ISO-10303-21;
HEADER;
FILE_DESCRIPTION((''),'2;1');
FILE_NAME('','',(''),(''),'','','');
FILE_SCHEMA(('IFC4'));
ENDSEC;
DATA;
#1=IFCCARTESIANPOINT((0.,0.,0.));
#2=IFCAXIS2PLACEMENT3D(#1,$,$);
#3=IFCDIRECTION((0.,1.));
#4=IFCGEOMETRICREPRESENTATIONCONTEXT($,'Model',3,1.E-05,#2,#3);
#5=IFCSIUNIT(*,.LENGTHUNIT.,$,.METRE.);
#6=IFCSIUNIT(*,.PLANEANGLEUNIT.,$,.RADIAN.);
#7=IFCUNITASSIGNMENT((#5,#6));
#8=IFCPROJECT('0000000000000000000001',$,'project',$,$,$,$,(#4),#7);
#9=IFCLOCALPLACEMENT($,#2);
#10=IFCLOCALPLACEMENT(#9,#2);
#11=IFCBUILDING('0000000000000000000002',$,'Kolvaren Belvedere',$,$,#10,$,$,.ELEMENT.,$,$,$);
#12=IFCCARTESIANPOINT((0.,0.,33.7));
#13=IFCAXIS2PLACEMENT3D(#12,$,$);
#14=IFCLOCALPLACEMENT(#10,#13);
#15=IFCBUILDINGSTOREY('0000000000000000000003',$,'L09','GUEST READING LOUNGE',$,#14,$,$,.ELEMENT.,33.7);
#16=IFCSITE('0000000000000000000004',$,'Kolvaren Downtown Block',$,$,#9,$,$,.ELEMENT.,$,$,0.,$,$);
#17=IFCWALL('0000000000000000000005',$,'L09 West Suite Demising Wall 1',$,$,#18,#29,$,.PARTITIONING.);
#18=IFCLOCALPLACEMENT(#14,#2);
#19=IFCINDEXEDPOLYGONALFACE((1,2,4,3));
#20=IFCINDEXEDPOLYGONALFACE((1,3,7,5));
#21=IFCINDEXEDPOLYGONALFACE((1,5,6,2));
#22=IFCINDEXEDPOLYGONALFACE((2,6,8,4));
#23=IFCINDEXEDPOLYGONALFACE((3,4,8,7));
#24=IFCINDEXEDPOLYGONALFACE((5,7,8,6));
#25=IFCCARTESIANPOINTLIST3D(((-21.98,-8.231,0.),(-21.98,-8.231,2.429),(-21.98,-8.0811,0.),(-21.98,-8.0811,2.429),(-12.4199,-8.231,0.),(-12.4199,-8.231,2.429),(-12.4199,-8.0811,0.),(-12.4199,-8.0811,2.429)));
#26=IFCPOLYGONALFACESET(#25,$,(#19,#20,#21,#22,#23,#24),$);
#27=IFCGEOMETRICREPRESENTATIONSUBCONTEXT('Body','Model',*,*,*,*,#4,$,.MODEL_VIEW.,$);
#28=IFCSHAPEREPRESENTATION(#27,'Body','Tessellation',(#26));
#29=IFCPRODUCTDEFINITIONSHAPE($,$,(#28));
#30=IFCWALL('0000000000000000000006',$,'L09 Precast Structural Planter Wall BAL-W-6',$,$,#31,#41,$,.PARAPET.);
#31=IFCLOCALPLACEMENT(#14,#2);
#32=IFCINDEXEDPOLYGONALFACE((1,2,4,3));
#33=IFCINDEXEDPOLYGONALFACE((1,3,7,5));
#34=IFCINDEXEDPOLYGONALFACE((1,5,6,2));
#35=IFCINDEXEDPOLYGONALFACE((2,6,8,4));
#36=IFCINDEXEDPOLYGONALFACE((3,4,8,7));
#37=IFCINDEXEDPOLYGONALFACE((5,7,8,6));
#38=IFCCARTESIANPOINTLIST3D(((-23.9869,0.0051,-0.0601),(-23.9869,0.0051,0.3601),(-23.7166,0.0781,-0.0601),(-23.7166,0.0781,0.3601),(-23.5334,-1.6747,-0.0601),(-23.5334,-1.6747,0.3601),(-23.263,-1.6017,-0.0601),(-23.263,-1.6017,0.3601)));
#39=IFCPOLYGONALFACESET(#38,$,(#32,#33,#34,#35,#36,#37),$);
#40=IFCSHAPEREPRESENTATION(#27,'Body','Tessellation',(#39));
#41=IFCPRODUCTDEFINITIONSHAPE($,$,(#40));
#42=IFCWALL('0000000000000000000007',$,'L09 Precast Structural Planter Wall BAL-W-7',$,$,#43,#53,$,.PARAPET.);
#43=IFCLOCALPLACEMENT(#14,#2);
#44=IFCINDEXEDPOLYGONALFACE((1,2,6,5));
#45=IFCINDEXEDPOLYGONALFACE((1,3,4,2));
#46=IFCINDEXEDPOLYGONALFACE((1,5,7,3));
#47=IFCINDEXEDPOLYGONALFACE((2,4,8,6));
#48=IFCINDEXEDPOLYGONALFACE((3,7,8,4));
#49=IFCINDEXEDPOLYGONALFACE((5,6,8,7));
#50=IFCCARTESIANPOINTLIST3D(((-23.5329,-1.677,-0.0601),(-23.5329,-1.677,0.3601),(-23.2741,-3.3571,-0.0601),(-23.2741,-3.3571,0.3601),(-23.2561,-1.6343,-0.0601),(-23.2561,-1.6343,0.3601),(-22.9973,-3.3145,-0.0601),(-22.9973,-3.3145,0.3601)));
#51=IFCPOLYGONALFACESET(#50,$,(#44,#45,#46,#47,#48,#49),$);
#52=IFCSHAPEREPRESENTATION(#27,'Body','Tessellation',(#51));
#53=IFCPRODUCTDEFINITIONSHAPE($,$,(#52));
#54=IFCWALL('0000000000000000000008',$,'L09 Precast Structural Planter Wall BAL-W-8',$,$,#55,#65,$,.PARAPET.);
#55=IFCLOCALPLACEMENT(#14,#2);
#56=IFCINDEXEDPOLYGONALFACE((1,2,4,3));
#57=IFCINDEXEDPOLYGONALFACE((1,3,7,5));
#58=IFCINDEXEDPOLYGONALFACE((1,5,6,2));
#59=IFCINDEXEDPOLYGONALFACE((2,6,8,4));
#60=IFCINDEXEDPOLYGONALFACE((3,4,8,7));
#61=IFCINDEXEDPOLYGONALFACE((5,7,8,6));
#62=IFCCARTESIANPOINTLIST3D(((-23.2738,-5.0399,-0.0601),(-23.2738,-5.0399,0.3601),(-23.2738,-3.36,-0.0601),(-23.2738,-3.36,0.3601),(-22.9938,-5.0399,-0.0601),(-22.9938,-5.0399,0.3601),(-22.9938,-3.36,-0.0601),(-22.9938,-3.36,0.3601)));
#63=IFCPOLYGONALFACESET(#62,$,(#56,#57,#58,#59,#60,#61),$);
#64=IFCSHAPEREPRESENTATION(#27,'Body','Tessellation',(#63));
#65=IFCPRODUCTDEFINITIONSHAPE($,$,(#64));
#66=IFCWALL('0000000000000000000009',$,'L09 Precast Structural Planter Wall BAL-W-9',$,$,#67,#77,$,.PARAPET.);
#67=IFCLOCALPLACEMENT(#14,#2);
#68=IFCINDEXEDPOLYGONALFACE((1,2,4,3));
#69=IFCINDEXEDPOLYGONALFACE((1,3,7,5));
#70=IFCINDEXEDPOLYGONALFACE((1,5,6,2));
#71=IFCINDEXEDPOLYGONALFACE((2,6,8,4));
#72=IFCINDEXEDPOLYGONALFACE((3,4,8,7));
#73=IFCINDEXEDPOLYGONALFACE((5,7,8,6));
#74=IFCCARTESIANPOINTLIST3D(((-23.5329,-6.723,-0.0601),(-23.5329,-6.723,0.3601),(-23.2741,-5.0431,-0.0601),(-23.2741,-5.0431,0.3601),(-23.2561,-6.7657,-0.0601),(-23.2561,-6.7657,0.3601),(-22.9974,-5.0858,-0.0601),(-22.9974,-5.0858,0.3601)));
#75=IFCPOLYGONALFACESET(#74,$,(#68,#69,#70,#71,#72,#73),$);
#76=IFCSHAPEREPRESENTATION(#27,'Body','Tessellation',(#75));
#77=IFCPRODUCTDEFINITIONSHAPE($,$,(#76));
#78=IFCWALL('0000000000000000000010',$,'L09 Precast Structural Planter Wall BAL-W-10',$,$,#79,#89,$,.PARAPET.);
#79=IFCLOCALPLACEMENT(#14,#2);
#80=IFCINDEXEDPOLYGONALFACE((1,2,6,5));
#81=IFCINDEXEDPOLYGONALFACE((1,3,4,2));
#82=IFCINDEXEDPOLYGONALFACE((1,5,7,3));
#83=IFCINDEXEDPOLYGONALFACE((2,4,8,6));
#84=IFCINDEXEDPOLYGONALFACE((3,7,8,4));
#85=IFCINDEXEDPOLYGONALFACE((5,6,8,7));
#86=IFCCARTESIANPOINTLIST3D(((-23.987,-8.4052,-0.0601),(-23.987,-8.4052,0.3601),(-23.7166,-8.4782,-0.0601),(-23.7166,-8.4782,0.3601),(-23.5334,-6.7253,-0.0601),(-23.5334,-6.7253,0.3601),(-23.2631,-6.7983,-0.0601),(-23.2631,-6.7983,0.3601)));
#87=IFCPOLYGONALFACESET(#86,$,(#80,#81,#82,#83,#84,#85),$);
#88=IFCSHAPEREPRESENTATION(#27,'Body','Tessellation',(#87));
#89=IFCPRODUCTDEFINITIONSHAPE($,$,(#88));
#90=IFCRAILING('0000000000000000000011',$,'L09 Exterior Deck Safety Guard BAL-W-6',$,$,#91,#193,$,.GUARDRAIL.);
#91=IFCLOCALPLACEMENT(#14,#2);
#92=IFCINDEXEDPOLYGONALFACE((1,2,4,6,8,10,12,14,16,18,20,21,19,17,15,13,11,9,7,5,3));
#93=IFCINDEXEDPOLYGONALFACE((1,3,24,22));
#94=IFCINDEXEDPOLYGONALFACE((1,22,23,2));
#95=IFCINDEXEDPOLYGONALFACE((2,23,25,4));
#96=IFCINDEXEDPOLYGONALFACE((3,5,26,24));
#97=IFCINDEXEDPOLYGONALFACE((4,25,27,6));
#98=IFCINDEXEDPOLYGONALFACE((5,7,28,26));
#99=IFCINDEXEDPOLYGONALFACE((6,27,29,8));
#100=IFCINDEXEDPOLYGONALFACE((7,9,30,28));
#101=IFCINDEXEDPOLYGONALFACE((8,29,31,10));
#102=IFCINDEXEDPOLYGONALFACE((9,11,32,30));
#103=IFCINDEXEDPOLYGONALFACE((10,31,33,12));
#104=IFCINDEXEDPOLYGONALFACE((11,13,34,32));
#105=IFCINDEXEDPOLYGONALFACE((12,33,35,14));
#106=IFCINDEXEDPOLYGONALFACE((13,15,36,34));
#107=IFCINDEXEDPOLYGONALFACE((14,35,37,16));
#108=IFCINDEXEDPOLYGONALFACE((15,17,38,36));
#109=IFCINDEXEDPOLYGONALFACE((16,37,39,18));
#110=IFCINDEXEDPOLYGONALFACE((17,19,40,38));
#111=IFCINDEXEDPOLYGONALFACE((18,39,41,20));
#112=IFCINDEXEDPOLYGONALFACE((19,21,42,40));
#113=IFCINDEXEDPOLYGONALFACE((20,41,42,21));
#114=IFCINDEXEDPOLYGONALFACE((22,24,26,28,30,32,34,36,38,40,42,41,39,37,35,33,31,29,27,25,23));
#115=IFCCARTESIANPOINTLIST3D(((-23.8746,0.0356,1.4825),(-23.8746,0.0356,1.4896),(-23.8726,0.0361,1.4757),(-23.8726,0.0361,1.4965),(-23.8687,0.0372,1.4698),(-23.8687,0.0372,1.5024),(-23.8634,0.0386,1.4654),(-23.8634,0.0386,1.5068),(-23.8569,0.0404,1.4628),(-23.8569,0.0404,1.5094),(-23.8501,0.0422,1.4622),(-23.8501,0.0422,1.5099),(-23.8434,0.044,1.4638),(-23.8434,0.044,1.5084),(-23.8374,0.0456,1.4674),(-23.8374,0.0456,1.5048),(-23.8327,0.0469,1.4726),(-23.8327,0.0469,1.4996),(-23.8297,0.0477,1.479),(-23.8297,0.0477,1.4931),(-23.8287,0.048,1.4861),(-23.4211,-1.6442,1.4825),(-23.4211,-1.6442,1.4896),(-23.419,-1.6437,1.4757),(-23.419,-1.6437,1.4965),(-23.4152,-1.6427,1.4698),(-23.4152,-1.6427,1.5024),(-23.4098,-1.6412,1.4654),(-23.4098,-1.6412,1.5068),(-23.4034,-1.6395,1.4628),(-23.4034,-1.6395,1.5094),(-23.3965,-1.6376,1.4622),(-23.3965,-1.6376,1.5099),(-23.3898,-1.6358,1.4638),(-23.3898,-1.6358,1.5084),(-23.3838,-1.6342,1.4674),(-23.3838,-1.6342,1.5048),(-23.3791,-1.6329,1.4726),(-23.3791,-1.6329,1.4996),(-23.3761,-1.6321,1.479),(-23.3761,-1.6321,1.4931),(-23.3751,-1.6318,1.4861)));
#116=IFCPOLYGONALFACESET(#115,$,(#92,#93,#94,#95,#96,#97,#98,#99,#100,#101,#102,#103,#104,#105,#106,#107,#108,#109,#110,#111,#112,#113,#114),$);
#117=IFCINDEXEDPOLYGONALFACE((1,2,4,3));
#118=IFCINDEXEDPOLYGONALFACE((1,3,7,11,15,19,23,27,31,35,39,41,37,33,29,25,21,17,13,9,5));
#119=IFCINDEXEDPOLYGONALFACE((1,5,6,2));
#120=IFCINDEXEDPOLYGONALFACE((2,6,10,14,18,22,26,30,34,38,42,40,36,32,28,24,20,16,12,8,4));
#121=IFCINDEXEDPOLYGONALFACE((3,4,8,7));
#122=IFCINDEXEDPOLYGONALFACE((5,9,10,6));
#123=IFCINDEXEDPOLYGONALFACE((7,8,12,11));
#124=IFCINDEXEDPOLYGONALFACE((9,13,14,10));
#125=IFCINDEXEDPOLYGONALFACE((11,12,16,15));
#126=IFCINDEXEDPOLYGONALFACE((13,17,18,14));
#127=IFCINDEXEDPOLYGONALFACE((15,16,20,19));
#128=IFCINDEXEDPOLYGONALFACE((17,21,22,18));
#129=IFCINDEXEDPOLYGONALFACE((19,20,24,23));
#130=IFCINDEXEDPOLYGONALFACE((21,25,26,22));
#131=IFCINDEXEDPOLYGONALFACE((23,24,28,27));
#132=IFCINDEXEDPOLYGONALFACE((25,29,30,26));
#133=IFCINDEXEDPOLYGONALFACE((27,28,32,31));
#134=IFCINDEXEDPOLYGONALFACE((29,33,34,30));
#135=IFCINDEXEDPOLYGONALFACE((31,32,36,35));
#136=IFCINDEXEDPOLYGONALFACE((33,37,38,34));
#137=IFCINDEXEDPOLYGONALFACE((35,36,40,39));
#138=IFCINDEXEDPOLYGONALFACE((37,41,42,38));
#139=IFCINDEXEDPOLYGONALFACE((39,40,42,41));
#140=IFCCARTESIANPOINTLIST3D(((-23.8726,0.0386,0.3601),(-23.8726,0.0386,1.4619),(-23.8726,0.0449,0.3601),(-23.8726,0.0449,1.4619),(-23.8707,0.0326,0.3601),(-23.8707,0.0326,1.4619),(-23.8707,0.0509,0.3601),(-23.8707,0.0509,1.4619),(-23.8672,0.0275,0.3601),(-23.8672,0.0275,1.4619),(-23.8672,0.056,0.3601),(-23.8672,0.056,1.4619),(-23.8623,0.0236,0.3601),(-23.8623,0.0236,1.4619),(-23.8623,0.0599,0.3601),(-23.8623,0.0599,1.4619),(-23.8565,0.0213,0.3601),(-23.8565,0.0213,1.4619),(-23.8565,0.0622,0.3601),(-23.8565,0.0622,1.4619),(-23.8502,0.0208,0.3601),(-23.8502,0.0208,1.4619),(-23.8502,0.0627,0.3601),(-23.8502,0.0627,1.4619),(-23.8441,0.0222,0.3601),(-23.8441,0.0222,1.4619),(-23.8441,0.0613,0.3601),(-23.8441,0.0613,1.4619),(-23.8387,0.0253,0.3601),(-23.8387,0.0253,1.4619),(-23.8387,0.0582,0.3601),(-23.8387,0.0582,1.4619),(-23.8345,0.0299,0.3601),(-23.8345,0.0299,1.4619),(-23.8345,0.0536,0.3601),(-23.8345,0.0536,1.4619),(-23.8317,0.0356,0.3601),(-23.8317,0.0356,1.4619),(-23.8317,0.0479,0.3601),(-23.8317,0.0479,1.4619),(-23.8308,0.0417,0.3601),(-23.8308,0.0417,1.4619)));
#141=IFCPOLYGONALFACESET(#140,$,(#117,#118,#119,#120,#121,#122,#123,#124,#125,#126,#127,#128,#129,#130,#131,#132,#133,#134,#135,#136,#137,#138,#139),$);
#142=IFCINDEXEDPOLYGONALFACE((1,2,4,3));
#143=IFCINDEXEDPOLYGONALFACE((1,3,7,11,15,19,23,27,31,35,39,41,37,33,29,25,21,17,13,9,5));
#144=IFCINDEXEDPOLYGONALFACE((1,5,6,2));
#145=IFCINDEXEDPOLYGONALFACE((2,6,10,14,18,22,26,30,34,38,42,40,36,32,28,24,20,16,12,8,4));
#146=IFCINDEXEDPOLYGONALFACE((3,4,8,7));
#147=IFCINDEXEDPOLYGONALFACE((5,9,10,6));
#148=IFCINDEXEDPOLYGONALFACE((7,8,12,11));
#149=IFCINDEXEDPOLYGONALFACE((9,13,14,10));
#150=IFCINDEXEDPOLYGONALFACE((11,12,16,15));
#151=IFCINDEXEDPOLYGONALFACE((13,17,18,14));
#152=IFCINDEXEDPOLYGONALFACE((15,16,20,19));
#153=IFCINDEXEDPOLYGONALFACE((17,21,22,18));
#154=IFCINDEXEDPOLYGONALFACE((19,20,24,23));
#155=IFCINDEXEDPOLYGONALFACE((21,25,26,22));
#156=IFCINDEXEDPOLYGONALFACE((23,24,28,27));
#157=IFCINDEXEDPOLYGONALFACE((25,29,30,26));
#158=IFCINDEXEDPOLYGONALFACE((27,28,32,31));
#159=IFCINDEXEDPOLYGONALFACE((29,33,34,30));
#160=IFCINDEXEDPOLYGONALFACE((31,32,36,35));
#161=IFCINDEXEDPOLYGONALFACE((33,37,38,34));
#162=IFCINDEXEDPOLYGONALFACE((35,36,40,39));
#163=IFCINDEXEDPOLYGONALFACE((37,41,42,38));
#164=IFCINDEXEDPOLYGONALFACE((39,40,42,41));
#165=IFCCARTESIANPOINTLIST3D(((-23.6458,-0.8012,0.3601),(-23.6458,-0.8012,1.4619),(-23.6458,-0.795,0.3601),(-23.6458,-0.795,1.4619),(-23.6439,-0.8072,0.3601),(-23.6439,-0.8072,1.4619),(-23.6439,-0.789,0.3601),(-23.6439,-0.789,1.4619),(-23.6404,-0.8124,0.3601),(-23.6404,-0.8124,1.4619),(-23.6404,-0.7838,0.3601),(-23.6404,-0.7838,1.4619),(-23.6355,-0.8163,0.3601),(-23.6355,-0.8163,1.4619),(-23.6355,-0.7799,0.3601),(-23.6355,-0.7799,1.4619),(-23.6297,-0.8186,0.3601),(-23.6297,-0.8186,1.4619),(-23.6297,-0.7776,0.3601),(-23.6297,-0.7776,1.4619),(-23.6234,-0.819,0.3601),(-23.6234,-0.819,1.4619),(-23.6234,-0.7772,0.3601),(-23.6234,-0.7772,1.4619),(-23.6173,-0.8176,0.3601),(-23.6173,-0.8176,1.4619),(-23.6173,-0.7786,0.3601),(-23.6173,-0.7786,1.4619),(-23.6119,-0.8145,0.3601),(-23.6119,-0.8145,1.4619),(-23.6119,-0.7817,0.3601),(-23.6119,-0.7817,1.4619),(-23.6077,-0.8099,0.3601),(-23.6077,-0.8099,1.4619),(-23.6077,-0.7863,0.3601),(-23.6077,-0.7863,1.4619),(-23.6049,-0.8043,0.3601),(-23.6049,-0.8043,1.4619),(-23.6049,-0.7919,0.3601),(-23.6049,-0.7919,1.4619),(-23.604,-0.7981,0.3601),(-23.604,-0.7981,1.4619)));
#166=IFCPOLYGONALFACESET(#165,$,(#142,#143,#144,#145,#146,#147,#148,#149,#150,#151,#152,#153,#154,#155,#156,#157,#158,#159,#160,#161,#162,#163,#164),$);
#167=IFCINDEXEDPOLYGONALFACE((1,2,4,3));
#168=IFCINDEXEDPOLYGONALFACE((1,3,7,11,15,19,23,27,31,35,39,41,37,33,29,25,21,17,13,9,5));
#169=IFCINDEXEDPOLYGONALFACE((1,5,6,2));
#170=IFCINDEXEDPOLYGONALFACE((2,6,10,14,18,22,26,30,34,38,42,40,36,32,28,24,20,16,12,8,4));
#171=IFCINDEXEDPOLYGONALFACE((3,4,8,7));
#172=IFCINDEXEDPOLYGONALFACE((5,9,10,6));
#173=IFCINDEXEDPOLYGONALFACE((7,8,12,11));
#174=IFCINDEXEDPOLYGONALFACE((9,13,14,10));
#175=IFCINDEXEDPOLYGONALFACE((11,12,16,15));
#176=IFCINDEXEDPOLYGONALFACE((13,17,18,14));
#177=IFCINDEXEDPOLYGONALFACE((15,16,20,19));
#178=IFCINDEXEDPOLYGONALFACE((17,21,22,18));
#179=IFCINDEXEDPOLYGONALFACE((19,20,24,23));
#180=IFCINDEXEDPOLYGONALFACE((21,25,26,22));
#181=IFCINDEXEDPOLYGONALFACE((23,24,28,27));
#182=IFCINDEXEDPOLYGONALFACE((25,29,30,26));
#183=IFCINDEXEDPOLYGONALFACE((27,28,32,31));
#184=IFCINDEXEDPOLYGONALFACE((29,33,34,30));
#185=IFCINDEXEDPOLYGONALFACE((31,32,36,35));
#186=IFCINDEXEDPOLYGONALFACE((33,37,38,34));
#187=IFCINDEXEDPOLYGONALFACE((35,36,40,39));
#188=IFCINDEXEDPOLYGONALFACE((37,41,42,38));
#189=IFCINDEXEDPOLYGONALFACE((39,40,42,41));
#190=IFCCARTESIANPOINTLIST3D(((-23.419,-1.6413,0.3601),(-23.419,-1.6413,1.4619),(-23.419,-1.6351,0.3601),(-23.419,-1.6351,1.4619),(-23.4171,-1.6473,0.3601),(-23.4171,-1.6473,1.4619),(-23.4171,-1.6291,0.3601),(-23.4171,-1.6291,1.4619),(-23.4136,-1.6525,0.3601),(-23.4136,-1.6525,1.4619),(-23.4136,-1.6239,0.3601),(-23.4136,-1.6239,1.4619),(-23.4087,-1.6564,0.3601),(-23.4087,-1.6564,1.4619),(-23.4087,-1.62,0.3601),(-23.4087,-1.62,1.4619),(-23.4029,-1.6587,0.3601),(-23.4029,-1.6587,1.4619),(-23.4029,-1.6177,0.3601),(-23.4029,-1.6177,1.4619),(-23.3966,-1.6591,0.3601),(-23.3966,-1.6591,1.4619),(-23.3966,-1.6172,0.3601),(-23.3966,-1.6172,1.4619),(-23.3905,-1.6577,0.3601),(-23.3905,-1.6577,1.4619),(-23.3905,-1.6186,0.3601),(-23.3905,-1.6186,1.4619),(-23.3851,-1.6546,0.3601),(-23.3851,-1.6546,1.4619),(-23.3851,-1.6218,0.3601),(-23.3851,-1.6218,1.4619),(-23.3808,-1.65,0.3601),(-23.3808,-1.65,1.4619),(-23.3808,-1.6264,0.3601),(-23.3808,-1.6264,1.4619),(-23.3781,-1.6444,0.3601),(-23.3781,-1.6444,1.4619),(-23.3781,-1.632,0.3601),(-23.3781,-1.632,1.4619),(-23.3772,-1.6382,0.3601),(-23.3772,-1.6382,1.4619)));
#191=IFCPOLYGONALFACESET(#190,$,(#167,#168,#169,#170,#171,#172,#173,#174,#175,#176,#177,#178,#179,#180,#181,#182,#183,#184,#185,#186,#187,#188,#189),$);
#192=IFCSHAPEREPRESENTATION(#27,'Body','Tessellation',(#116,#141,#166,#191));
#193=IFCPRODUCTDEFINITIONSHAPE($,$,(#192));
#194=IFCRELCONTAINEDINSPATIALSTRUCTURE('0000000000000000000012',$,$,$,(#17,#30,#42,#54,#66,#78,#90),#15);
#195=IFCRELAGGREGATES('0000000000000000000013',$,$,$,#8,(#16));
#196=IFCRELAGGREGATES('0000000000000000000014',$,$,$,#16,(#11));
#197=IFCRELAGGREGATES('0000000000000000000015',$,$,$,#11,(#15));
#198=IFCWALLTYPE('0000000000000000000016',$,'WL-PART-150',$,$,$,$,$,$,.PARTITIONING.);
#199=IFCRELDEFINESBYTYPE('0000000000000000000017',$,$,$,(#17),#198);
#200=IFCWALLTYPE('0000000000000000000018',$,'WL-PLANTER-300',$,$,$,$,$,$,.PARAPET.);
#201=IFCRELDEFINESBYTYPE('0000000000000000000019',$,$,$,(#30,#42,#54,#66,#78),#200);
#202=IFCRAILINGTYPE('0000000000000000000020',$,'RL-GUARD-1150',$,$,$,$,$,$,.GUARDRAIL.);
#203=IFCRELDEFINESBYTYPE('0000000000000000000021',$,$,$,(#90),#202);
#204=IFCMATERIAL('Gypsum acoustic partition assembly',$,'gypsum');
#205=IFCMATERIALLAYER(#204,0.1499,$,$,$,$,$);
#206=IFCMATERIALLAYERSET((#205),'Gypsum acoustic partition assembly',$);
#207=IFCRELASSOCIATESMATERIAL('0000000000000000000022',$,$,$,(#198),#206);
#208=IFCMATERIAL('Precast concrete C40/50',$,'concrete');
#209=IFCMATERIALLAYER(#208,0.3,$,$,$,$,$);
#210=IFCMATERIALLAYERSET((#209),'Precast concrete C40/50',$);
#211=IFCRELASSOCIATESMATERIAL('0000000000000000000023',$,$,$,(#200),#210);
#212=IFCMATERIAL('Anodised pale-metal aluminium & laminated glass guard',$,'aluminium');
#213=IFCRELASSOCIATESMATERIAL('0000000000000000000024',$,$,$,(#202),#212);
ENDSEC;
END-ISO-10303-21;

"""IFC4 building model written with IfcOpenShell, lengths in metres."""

from ifc_helpers import new_model, si_unit, direction, frame, frame_2d, origin, origin_2d, place, context, subcontext, project, spatial, rectangle, circle, extrude, material, layer, layer_set, type_object, element, save


model = new_model("IFC4")

# Units and contexts
model_context = context("Model", 3, precision=1e-05, world=origin(), true_north=direction((0.0, 1.0)))
body_context = subcontext(model_context, "Body", "Model", "MODEL_VIEW")
ifc_project = project(units=[si_unit("LENGTHUNIT", "METRE"), si_unit("PLANEANGLEUNIT", "RADIAN")], contexts=[model_context])

# Site, building, storey
site_placement = place(None, origin())
site = spatial("IfcSite", under=ifc_project, at=site_placement, Name="Kolvaren Downtown Block", CompositionType="ELEMENT", RefElevation=0.0)
building_placement = place(site_placement, origin())
building = spatial("IfcBuilding", under=site, at=building_placement, Name="Kolvaren Belvedere", CompositionType="ELEMENT")
storey_placement = place(building_placement, frame((0.0, 0.0, 33.7)))
storey = spatial("IfcBuildingStorey", under=building, at=storey_placement, Name="L09", Description="GUEST READING LOUNGE", CompositionType="ELEMENT", Elevation=33.7)

# Walls
ifc_material_1 = material(Name="Gypsum acoustic partition assembly", Category="gypsum")
ifc_layer_1 = layer(ifc_material_1, 0.1499)
ifc_layer_set_1 = layer_set([ifc_layer_1], Name="Gypsum acoustic partition assembly")
wall_type_1 = type_object("IfcWallType", Name="WL-PART-150", PredefinedType="PARTITIONING", material=ifc_layer_set_1)
wall_1_placement = place(storey_placement, frame((-21.98, -8.156, 0.0), z_axis=(0.0, 0.0, 1.0), x_axis=(1.0, 0.0, 0.0)))
element("IfcWall", 1, at=wall_1_placement, inside=storey, type_object=wall_type_1, Name="L09 West Suite Demising Wall 1", PredefinedType="PARTITIONING", context=body_context, shape_type="SweptSolid", body=[
    extrude(rectangle(XDim=9.5601, YDim=0.1499, at=frame_2d((4.78, 0.0))), origin(), (0.0, 0.0, 1.0), 2.429),
])
ifc_material_2 = material(Name="Precast concrete C40/50", Category="concrete")
ifc_layer_2 = layer(ifc_material_2, 0.3)
ifc_layer_set_2 = layer_set([ifc_layer_2], Name="Precast concrete C40/50")
wall_type_2 = type_object("IfcWallType", Name="WL-PLANTER-300", PredefinedType="PARAPET", material=ifc_layer_set_2)
wall_2_placement = place(storey_placement, frame((-23.8518, 0.0417, -0.0601), z_axis=(0.0, 0.0, 1.0), x_axis=(0.260683, -0.965424, 0.0)))
element("IfcWall", 2, at=wall_2_placement, inside=storey, type_object=wall_type_2, Name="L09 Precast Structural Planter Wall BAL-W-6", PredefinedType="PARAPET", context=body_context, shape_type="SweptSolid", body=[
    extrude(rectangle(XDim=1.74, YDim=0.28, at=frame_2d((0.8701, 0.0))), origin(), (0.0, 0.0, 1.0), 0.4202),
])
wall_3_placement = place(storey_placement, frame((-23.3945, -1.6555, -0.0601), z_axis=(0.0, 0.0, 1.0), x_axis=(0.15223, -0.988345, 0.0)))
element("IfcWall", 3, at=wall_3_placement, inside=storey, type_object=wall_type_2, Name="L09 Precast Structural Planter Wall BAL-W-7", PredefinedType="PARAPET", context=body_context, shape_type="SweptSolid", body=[
    extrude(rectangle(XDim=1.7, YDim=0.28, at=frame_2d((0.8501, 0.0))), origin(), (0.0, 0.0, 1.0), 0.4202),
])
wall_4_placement = place(storey_placement, frame((-23.1338, -3.3601, -0.0601), z_axis=(0.0, 0.0, 1.0), x_axis=(0.0, -1.0, 0.0)))
element("IfcWall", 4, at=wall_4_placement, inside=storey, type_object=wall_type_2, Name="L09 Precast Structural Planter Wall BAL-W-8", PredefinedType="PARAPET", context=body_context, shape_type="SweptSolid", body=[
    extrude(rectangle(XDim=1.6799, YDim=0.28, at=frame_2d((0.8398, 0.0))), origin(), (0.0, 0.0, 1.0), 0.4202),
])
wall_5_placement = place(storey_placement, frame((-23.1357, -5.0645, -0.0601), z_axis=(0.0, 0.0, 1.0), x_axis=(-0.152251, -0.988342, 0.0)))
element("IfcWall", 5, at=wall_5_placement, inside=storey, type_object=wall_type_2, Name="L09 Precast Structural Planter Wall BAL-W-9", PredefinedType="PARAPET", context=body_context, shape_type="SweptSolid", body=[
    extrude(rectangle(XDim=1.6997, YDim=0.28, at=frame_2d((0.8499, 0.0))), origin(), (0.0, 0.0, 1.0), 0.4202),
])
wall_6_placement = place(storey_placement, frame((-23.3982, -6.7617, -0.0601), z_axis=(0.0, 0.0, 1.0), x_axis=(-0.260683, -0.965424, 0.0)))
element("IfcWall", 6, at=wall_6_placement, inside=storey, type_object=wall_type_2, Name="L09 Precast Structural Planter Wall BAL-W-10", PredefinedType="PARAPET", context=body_context, shape_type="SweptSolid", body=[
    extrude(rectangle(XDim=1.74, YDim=0.28, at=frame_2d((0.8701, 0.0))), origin(), (0.0, 0.0, 1.0), 0.4202),
])

# Railing
ifc_material_3 = material(Name="Anodised pale-metal aluminium & laminated glass guard", Category="aluminium")
railing_type = type_object("IfcRailingType", Name="RL-GUARD-1150", PredefinedType="GUARDRAIL", material=ifc_material_3)
railing_1_placement = place(storey_placement, frame((-23.8518, 0.0417, 0.3601)))
element("IfcRailing", 7, at=railing_1_placement, inside=storey, type_object=railing_type, Name="L09 Exterior Deck Safety Guard BAL-W-6", PredefinedType="GUARDRAIL", context=body_context, shape_type="SweptSolid", body=[
    extrude(circle(Radius=0.0239, at=origin_2d()), frame((0.0, 0.0, 1.126), z_axis=(0.260683, -0.965424, 0.0), x_axis=(0.965424, 0.260683, 0.0)), (0.0, 0.0, 1.0), 1.74),
    extrude(circle(Radius=0.021, at=origin_2d()), origin(), (0.0, 0.0, 1.0), 1.1018),
    extrude(circle(Radius=0.021, at=origin_2d()), frame((0.2268, -0.8398, 0.0)), (0.0, 0.0, 1.0), 1.1018),
    extrude(circle(Radius=0.021, at=origin_2d()), frame((0.4536, -1.6799, 0.0)), (0.0, 0.0, 1.0), 1.1018),
])

save(model, "model.ifc")
